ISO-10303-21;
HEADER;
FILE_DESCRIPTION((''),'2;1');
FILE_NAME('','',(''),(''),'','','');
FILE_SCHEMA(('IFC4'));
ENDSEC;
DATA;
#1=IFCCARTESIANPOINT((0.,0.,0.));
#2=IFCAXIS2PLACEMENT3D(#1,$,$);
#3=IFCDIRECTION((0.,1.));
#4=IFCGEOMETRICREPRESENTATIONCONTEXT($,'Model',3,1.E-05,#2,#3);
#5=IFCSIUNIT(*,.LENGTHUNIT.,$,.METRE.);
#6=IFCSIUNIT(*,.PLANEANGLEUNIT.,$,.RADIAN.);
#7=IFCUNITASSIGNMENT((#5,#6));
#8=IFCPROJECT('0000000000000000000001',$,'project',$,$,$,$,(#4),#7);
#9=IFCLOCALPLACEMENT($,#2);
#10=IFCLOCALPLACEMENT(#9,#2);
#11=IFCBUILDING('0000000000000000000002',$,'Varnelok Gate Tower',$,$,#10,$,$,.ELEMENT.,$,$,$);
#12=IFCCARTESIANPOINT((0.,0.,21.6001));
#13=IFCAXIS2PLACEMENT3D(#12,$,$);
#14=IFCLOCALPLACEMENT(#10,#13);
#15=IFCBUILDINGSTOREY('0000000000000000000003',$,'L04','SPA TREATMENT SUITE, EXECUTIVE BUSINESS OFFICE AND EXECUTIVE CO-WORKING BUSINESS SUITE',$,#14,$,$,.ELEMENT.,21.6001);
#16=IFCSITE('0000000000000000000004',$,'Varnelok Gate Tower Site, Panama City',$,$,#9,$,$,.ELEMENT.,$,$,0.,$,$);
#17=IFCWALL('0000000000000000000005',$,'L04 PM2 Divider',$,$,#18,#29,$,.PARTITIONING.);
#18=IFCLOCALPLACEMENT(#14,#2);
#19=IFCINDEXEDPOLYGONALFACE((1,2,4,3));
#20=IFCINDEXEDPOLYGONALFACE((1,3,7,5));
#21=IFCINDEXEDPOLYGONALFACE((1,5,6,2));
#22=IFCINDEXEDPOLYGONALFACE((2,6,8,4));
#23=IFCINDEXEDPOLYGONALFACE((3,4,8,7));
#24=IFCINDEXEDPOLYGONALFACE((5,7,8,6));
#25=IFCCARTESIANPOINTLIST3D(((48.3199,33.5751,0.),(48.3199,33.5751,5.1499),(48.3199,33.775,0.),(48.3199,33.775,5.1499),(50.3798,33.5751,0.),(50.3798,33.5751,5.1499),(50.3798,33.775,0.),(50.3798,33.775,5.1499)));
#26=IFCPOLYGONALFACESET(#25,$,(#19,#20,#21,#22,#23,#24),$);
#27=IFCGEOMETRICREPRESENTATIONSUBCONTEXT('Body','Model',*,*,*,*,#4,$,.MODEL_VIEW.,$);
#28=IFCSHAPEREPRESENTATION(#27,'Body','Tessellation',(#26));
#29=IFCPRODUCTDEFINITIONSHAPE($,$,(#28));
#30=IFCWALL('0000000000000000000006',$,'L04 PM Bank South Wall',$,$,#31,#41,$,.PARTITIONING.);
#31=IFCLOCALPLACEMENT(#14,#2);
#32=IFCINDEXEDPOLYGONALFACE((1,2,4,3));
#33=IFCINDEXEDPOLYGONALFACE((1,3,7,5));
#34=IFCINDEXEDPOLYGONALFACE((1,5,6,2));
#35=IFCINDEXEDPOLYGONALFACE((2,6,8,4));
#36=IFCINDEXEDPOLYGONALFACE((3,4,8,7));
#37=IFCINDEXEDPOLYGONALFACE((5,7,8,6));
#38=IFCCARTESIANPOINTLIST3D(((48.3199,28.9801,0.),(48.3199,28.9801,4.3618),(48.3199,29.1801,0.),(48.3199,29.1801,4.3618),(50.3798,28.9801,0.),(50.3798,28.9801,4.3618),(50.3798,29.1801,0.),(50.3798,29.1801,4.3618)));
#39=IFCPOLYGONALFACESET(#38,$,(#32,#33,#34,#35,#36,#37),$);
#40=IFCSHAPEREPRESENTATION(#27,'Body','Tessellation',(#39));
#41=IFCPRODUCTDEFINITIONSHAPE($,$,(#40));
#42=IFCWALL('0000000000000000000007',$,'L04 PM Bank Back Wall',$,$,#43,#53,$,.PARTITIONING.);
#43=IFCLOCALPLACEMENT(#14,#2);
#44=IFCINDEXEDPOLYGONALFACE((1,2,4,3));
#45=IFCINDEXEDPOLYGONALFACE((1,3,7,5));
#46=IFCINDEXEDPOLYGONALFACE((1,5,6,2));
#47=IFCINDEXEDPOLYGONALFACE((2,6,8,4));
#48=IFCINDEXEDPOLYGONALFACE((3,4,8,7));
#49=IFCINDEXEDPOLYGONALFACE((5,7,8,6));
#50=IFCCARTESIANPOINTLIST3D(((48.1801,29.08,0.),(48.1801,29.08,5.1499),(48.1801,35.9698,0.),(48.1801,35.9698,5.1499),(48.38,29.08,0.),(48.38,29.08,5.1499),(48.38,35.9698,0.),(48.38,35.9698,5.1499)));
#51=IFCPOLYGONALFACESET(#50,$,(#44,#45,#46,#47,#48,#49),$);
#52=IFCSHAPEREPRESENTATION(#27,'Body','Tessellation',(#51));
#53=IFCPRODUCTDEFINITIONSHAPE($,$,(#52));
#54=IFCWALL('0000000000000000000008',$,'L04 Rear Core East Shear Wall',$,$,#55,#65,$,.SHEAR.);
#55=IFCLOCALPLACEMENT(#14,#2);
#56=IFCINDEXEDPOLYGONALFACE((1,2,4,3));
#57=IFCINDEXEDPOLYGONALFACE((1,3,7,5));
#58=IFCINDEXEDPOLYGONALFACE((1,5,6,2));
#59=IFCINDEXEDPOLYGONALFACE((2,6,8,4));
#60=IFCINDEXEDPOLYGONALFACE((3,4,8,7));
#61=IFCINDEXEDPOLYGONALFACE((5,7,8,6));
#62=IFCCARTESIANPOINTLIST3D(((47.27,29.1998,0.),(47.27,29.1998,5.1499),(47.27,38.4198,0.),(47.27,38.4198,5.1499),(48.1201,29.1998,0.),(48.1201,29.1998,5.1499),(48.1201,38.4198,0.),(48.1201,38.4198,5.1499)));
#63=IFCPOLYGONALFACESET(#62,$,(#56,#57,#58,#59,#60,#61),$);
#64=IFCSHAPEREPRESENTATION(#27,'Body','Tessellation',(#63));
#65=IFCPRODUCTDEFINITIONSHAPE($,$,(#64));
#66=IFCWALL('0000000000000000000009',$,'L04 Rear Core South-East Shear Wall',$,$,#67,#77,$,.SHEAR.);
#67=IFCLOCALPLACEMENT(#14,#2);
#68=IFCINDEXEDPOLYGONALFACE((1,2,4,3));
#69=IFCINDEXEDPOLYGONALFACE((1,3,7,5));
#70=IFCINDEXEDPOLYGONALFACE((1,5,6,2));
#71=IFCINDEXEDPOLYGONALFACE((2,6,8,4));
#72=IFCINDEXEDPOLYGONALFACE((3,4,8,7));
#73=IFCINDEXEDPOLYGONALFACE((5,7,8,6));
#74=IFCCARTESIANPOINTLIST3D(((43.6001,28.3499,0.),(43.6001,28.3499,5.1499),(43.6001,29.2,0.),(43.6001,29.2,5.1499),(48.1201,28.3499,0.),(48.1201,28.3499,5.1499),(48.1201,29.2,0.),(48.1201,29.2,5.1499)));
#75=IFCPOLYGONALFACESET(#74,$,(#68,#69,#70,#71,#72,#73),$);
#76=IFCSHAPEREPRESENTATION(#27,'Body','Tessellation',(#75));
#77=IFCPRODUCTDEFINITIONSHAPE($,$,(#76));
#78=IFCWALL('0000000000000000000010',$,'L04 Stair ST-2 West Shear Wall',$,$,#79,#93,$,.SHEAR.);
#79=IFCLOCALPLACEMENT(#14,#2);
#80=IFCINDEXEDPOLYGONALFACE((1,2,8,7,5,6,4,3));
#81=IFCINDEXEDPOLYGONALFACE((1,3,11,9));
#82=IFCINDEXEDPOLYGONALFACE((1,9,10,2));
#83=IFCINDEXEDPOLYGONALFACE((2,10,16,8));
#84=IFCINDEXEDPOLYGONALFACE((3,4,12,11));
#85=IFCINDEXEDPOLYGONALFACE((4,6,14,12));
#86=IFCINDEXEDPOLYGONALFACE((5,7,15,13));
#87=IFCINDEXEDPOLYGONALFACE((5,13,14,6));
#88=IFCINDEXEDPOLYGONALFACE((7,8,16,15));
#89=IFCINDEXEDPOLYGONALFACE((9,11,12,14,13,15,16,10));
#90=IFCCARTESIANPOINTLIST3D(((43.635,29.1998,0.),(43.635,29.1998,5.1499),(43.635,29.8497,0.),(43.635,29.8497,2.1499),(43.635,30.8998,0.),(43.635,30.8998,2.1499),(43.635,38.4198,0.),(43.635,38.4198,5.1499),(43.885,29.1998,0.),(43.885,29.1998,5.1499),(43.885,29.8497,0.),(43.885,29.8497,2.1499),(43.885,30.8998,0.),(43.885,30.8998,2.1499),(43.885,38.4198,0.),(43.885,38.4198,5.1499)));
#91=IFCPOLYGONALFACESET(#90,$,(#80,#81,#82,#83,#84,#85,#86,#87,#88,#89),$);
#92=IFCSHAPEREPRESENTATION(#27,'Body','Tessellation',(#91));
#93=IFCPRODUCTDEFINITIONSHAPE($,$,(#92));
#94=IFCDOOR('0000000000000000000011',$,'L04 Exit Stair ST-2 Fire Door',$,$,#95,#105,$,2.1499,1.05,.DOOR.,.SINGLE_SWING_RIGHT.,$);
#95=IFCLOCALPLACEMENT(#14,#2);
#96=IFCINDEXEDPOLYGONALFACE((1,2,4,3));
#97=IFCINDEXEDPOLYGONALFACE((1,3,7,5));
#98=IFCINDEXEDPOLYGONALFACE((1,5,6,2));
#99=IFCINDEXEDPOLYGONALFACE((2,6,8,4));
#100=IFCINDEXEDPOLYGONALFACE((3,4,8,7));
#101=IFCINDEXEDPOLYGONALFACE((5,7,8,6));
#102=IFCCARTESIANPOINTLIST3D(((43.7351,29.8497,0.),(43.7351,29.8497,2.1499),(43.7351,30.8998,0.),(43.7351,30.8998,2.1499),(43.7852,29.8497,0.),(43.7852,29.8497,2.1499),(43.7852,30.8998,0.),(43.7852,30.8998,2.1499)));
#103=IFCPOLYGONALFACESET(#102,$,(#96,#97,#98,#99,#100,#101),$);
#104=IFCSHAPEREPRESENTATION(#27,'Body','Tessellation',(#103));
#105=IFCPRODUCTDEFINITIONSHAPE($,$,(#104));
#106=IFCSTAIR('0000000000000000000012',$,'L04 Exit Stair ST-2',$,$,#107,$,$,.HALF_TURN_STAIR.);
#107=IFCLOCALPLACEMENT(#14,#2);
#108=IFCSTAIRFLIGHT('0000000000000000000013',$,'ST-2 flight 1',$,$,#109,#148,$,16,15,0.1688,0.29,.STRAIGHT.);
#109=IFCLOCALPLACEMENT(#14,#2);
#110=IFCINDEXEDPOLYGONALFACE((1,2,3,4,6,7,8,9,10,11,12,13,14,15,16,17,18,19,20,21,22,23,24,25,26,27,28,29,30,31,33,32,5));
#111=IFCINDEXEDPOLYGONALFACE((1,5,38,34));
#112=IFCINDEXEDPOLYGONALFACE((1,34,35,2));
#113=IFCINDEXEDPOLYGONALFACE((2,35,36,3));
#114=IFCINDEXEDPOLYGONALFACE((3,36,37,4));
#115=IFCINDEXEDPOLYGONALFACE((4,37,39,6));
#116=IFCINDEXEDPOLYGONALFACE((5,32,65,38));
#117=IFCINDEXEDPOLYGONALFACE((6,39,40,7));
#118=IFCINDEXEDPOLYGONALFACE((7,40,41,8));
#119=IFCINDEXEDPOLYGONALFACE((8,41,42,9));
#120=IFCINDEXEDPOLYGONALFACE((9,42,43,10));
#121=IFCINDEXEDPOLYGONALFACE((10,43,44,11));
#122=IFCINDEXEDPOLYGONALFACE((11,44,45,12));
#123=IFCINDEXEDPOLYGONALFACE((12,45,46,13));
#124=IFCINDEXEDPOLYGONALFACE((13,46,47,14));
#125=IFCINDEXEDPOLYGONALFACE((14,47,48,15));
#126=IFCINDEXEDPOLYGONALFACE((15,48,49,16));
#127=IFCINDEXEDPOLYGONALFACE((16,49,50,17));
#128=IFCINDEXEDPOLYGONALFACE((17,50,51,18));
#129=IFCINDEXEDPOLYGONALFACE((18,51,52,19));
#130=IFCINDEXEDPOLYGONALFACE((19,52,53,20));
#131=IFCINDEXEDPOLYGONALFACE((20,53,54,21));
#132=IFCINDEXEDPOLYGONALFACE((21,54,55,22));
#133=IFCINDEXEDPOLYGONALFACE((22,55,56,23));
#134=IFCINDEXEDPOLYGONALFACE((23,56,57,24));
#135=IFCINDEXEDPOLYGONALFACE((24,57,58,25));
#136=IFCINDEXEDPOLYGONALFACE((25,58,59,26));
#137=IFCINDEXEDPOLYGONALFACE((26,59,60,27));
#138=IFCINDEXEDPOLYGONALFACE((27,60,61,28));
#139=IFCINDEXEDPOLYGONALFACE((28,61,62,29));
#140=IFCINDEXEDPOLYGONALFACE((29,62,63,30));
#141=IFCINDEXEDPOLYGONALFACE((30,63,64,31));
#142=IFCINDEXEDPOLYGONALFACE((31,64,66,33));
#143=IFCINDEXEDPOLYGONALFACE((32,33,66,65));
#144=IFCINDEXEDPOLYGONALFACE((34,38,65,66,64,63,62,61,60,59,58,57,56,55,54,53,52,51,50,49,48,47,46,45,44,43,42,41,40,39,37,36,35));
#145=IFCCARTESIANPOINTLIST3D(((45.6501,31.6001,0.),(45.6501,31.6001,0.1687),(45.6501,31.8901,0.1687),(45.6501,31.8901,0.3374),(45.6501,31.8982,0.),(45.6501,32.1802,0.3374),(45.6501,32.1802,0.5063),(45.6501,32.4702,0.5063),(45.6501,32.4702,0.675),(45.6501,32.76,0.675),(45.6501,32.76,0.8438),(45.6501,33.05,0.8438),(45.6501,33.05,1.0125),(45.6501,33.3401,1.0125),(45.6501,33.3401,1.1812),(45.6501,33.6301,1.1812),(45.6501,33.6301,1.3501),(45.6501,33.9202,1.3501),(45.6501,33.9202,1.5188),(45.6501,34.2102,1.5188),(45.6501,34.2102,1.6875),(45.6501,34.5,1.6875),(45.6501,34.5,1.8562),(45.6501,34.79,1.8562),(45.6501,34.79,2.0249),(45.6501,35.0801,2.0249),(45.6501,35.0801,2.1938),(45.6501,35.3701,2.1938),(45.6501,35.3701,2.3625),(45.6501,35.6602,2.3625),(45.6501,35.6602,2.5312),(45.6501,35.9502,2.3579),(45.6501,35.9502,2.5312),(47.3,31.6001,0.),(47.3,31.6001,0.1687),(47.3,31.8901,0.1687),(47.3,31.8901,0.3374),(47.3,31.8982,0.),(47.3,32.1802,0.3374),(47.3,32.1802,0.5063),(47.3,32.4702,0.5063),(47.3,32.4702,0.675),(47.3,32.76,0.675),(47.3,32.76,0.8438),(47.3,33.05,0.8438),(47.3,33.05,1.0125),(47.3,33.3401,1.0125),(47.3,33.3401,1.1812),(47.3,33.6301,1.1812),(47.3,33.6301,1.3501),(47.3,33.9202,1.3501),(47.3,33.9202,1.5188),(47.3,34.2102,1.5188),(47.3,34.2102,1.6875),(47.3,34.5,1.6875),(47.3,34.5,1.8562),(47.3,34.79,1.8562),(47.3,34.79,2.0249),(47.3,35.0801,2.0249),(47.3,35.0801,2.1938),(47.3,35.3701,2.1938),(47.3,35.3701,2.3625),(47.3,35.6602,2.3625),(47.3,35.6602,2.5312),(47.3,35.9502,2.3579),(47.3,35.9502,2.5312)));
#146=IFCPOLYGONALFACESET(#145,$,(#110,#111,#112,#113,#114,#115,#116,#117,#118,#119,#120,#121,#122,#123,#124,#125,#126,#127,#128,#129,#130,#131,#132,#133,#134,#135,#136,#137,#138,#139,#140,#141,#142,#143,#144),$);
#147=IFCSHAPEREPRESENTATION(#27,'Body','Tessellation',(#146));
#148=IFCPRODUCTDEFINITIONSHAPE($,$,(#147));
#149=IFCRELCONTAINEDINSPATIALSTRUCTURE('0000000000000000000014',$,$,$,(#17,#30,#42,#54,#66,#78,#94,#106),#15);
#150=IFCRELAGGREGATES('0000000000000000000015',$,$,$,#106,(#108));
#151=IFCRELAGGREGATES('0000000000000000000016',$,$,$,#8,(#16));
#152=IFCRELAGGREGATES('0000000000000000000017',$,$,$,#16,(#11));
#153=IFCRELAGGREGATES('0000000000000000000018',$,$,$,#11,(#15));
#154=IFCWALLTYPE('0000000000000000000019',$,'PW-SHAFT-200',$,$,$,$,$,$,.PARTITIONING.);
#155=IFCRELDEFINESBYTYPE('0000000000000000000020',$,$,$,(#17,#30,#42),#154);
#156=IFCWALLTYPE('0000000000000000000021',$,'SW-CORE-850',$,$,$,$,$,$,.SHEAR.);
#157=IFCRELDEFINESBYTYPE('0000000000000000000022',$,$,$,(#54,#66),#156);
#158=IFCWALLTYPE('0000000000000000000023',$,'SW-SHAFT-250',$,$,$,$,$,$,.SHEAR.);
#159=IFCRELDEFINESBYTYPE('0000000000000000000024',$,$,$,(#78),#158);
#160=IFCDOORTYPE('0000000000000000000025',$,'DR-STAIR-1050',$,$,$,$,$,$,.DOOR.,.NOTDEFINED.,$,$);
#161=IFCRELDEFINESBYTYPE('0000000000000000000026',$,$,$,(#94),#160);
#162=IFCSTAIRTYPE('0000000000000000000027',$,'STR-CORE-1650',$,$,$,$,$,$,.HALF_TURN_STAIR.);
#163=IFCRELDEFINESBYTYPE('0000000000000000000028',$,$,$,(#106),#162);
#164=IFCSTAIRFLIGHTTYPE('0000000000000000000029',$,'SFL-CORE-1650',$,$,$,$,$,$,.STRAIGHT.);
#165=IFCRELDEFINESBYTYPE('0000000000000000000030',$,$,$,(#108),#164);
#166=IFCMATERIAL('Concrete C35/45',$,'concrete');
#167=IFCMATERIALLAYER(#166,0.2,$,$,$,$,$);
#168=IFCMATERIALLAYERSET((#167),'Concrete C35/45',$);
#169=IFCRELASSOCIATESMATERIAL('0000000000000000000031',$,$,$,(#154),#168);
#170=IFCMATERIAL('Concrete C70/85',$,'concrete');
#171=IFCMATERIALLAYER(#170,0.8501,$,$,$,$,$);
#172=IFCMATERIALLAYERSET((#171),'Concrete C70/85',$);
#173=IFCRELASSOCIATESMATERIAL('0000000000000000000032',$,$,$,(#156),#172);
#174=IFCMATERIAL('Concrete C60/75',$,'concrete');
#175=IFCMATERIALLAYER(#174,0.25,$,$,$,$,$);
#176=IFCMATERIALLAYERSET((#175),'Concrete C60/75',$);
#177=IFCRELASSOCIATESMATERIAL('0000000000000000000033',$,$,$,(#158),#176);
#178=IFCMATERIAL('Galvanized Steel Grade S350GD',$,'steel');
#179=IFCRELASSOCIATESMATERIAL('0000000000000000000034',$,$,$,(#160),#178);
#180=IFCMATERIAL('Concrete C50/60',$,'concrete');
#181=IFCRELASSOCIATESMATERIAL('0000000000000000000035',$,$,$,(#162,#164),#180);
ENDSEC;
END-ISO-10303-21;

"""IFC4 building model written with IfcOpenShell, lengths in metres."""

from ifc_helpers import new_model, si_unit, direction, frame, frame_2d, origin, place, context, subcontext, project, spatial, polyline, rectangle, outline, extrude, material, layer, layer_set, type_object, element, fill, aggregate, save


model = new_model("IFC4")

# Units and contexts
model_context = context("Model", 3, precision=1e-05, world=origin(), true_north=direction((0.0, 1.0)))
body_context = subcontext(model_context, "Body", "Model", "MODEL_VIEW")
ifc_project = project(units=[si_unit("LENGTHUNIT", "METRE"), si_unit("PLANEANGLEUNIT", "RADIAN")], contexts=[model_context])

# Site, building, storey
site_placement = place(None, origin())
site = spatial("IfcSite", under=ifc_project, at=site_placement, Name="Varnelok Gate Tower Site, Panama City", CompositionType="ELEMENT", RefElevation=0.0)
building_placement = place(site_placement, origin())
building = spatial("IfcBuilding", under=site, at=building_placement, Name="Varnelok Gate Tower", CompositionType="ELEMENT")
storey_placement = place(building_placement, frame((0.0, 0.0, 21.6001)))
storey = spatial("IfcBuildingStorey", under=building, at=storey_placement, Name="L04", Description="SPA TREATMENT SUITE, EXECUTIVE BUSINESS OFFICE AND EXECUTIVE CO-WORKING BUSINESS SUITE", CompositionType="ELEMENT", Elevation=21.6001)

# Shared definitions
ifc_material_1 = material(Name="Galvanized Steel Grade S350GD", Category="steel")

# Shared definitions
ifc_material_2 = material(Name="Concrete C35/45", Category="concrete")
ifc_layer_1 = layer(ifc_material_2, 0.2)
ifc_layer_set_1 = layer_set([ifc_layer_1], Name="Concrete C35/45")
wall_type_1 = type_object("IfcWallType", Name="PW-SHAFT-200", PredefinedType="PARTITIONING", material=ifc_layer_set_1)

# Walls
for number, where, z_axis, x_axis, name in (
    (1, (48.3201, 33.675, 0.0), (0.0, 0.0, 1.0), (1.0, 0.0, 0.0), "L04 PM2 Divider"),
):
    element("IfcWall", number, at=place(storey_placement, frame(where, z_axis=z_axis, x_axis=x_axis)), inside=storey, type_object=wall_type_1, Name=name, PredefinedType="PARTITIONING", context=body_context, shape_type="SweptSolid", body=[
        extrude(rectangle(XDim=2.0598, YDim=0.2, at=frame_2d((1.0298, 0.0))), origin(), (0.0, 0.0, 1.0), 5.1499),
    ])
wall_1_placement = place(storey_placement, frame((48.3201, 29.0801, 0.0), z_axis=(0.0, 0.0, 1.0), x_axis=(1.0, 0.0, 0.0)))
element("IfcWall", 2, at=wall_1_placement, inside=storey, type_object=wall_type_1, Name="L04 PM Bank South Wall", PredefinedType="PARTITIONING", context=body_context, shape_type="SweptSolid", body=[
    extrude(rectangle(XDim=2.0598, YDim=0.2, at=frame_2d((1.0298, 0.0))), origin(), (0.0, 0.0, 1.0), 4.3618),
])
wall_2_placement = place(storey_placement, frame((48.28, 29.0801, 0.0), z_axis=(0.0, 0.0, 1.0), x_axis=(0.0, 1.0, 0.0)))
element("IfcWall", 3, at=wall_2_placement, inside=storey, type_object=wall_type_1, Name="L04 PM Bank Back Wall", PredefinedType="PARTITIONING", context=body_context, shape_type="SweptSolid", body=[
    extrude(rectangle(XDim=6.8899, YDim=0.2, at=frame_2d((3.4448, 0.0))), origin(), (0.0, 0.0, 1.0), 5.1499),
])
ifc_material_3 = material(Name="Concrete C70/85", Category="concrete")
ifc_layer_2 = layer(ifc_material_3, 0.8501)
ifc_layer_set_2 = layer_set([ifc_layer_2], Name="Concrete C70/85")
wall_type_2 = type_object("IfcWallType", Name="SW-CORE-850", PredefinedType="SHEAR", material=ifc_layer_set_2)
wall_3_placement = place(storey_placement, frame((47.6951, 29.2, 0.0), z_axis=(0.0, 0.0, 1.0), x_axis=(0.0, 1.0, 0.0)))
element("IfcWall", 4, at=wall_3_placement, inside=storey, type_object=wall_type_2, Name="L04 Rear Core East Shear Wall", PredefinedType="SHEAR", context=body_context, shape_type="SweptSolid", body=[
    extrude(rectangle(XDim=9.22, YDim=0.8501, at=frame_2d((4.6099, 0.0))), origin(), (0.0, 0.0, 1.0), 5.1499),
])
wall_4_placement = place(storey_placement, frame((43.6001, 28.7749, 0.0), z_axis=(0.0, 0.0, 1.0), x_axis=(1.0, 0.0, 0.0)))
element("IfcWall", 5, at=wall_4_placement, inside=storey, type_object=wall_type_2, Name="L04 Rear Core South-East Shear Wall", PredefinedType="SHEAR", context=body_context, shape_type="SweptSolid", body=[
    extrude(rectangle(XDim=4.52, YDim=0.8501, at=frame_2d((2.26, 0.0))), origin(), (0.0, 0.0, 1.0), 5.1499),
])

# Wall, opening, door
ifc_material_4 = material(Name="Concrete C60/75", Category="concrete")
ifc_layer_3 = layer(ifc_material_4, 0.25)
ifc_layer_set_3 = layer_set([ifc_layer_3], Name="Concrete C60/75")
wall_type_3 = type_object("IfcWallType", Name="SW-SHAFT-250", PredefinedType="SHEAR", material=ifc_layer_set_3)
wall_5_placement = place(storey_placement, frame((43.76, 29.2, 0.0), z_axis=(0.0, 0.0, 1.0), x_axis=(0.0, 1.0, 0.0)))
wall_5 = element("IfcWall", 6, at=wall_5_placement, inside=storey, type_object=wall_type_3, Name="L04 Stair ST-2 West Shear Wall", PredefinedType="SHEAR", context=body_context, shape_type="SweptSolid", body=[
    extrude(rectangle(XDim=9.22, YDim=0.25, at=frame_2d((4.6099, 0.0))), origin(), (0.0, 0.0, 1.0), 5.1499),
])
opening_1_placement = place(wall_5_placement, frame((0.6499, 0.0, 0.0)))
opening_1 = element("IfcOpeningElement", 7, at=opening_1_placement, cuts=wall_5, PredefinedType="OPENING", context=body_context, shape_type="SweptSolid", body=[
    extrude(rectangle(XDim=1.05, YDim=2.1499, at=frame_2d((0.5249, 1.075))), frame((0.0, 0.135, 0.0), z_axis=(0.0, -1.0, 0.0), x_axis=(1.0, 0.0, 0.0)), (0.0, 0.0, 1.0), 0.27),
])
door_type_1 = type_object("IfcDoorType", Name="DR-STAIR-1050", OperationType="NOTDEFINED", PredefinedType="DOOR", material=ifc_material_1)
door_1_placement = place(opening_1_placement, origin())
door_1 = element("IfcDoor", 8, at=door_1_placement, inside=storey, type_object=door_type_1, Name="L04 Exit Stair ST-2 Fire Door", OperationType="SINGLE_SWING_RIGHT", OverallHeight=2.1499, OverallWidth=1.05, PredefinedType="DOOR", context=body_context, shape_type="SweptSolid", body=[
    extrude(rectangle(XDim=1.05, YDim=2.1499, at=frame_2d((0.5249, 1.075))), frame((0.0, 0.0249, 0.0), z_axis=(0.0, -1.0, 0.0), x_axis=(1.0, 0.0, 0.0)), (0.0, 0.0, 1.0), 0.05),
])
fill(opening_1, door_1)

# Stair, stair flight
ifc_material_5 = material(Name="Concrete C50/60", Category="concrete")
stair_type = type_object("IfcStairType", Name="STR-CORE-1650", PredefinedType="HALF_TURN_STAIR", material=ifc_material_5)
stair_placement = place(storey_placement, origin())
stair = element("IfcStair", 9, at=stair_placement, inside=storey, type_object=stair_type, Name="L04 Exit Stair ST-2", PredefinedType="HALF_TURN_STAIR")
stair_flight_type = type_object("IfcStairFlightType", Name="SFL-CORE-1650", PredefinedType="STRAIGHT", material=ifc_material_5)
stair_flight_placement = place(storey_placement, frame((46.4751, 31.6001, 0.0), z_axis=(0.0, 0.0, 1.0), x_axis=(0.0, 1.0, 0.0)))
stair_flight = element("IfcStairFlight", 10, at=stair_flight_placement, type_object=stair_flight_type, Name="ST-2 flight 1", NumberOfRisers=16, NumberOfTreads=15, PredefinedType="STRAIGHT", RiserHeight=0.1688, TreadLength=0.29, context=body_context, shape_type="SweptSolid", body=[
    extrude(outline(polyline([(0.0, 0.0), (0.0, 0.1687), (0.29, 0.1687), (0.29, 0.3374), (0.5801, 0.3374), (0.5801, 0.5063), (0.8701, 0.5063), (0.8701, 0.675), (1.1599, 0.675), (1.1599, 0.8438), (1.45, 0.8438), (1.45, 1.0125), (1.74, 1.0125), (1.74, 1.1812), (2.03, 1.1812), (2.03, 1.3501), (2.3201, 1.3501), (2.3201, 1.5188), (2.6101, 1.5188), (2.6101, 1.6875), (2.8999, 1.6875), (2.8999, 1.8562), (3.1899, 1.8562), (3.1899, 2.0249), (3.48, 2.0249), (3.48, 2.1938), (3.77, 2.1938), (3.77, 2.3625), (4.0601, 2.3625), (4.0601, 2.5312), (4.3501, 2.5312), (4.3501, 2.7), (4.3501, 2.3579), (0.2981, 0.0), (0.0, 0.0)])), frame((0.0, 0.825, 0.0), z_axis=(0.0, -1.0, 0.0), x_axis=(1.0, 0.0, 0.0)), (0.0, 0.0, 1.0), 1.6499),
])
aggregate(stair, [stair_flight])

save(model, "model.ifc")
